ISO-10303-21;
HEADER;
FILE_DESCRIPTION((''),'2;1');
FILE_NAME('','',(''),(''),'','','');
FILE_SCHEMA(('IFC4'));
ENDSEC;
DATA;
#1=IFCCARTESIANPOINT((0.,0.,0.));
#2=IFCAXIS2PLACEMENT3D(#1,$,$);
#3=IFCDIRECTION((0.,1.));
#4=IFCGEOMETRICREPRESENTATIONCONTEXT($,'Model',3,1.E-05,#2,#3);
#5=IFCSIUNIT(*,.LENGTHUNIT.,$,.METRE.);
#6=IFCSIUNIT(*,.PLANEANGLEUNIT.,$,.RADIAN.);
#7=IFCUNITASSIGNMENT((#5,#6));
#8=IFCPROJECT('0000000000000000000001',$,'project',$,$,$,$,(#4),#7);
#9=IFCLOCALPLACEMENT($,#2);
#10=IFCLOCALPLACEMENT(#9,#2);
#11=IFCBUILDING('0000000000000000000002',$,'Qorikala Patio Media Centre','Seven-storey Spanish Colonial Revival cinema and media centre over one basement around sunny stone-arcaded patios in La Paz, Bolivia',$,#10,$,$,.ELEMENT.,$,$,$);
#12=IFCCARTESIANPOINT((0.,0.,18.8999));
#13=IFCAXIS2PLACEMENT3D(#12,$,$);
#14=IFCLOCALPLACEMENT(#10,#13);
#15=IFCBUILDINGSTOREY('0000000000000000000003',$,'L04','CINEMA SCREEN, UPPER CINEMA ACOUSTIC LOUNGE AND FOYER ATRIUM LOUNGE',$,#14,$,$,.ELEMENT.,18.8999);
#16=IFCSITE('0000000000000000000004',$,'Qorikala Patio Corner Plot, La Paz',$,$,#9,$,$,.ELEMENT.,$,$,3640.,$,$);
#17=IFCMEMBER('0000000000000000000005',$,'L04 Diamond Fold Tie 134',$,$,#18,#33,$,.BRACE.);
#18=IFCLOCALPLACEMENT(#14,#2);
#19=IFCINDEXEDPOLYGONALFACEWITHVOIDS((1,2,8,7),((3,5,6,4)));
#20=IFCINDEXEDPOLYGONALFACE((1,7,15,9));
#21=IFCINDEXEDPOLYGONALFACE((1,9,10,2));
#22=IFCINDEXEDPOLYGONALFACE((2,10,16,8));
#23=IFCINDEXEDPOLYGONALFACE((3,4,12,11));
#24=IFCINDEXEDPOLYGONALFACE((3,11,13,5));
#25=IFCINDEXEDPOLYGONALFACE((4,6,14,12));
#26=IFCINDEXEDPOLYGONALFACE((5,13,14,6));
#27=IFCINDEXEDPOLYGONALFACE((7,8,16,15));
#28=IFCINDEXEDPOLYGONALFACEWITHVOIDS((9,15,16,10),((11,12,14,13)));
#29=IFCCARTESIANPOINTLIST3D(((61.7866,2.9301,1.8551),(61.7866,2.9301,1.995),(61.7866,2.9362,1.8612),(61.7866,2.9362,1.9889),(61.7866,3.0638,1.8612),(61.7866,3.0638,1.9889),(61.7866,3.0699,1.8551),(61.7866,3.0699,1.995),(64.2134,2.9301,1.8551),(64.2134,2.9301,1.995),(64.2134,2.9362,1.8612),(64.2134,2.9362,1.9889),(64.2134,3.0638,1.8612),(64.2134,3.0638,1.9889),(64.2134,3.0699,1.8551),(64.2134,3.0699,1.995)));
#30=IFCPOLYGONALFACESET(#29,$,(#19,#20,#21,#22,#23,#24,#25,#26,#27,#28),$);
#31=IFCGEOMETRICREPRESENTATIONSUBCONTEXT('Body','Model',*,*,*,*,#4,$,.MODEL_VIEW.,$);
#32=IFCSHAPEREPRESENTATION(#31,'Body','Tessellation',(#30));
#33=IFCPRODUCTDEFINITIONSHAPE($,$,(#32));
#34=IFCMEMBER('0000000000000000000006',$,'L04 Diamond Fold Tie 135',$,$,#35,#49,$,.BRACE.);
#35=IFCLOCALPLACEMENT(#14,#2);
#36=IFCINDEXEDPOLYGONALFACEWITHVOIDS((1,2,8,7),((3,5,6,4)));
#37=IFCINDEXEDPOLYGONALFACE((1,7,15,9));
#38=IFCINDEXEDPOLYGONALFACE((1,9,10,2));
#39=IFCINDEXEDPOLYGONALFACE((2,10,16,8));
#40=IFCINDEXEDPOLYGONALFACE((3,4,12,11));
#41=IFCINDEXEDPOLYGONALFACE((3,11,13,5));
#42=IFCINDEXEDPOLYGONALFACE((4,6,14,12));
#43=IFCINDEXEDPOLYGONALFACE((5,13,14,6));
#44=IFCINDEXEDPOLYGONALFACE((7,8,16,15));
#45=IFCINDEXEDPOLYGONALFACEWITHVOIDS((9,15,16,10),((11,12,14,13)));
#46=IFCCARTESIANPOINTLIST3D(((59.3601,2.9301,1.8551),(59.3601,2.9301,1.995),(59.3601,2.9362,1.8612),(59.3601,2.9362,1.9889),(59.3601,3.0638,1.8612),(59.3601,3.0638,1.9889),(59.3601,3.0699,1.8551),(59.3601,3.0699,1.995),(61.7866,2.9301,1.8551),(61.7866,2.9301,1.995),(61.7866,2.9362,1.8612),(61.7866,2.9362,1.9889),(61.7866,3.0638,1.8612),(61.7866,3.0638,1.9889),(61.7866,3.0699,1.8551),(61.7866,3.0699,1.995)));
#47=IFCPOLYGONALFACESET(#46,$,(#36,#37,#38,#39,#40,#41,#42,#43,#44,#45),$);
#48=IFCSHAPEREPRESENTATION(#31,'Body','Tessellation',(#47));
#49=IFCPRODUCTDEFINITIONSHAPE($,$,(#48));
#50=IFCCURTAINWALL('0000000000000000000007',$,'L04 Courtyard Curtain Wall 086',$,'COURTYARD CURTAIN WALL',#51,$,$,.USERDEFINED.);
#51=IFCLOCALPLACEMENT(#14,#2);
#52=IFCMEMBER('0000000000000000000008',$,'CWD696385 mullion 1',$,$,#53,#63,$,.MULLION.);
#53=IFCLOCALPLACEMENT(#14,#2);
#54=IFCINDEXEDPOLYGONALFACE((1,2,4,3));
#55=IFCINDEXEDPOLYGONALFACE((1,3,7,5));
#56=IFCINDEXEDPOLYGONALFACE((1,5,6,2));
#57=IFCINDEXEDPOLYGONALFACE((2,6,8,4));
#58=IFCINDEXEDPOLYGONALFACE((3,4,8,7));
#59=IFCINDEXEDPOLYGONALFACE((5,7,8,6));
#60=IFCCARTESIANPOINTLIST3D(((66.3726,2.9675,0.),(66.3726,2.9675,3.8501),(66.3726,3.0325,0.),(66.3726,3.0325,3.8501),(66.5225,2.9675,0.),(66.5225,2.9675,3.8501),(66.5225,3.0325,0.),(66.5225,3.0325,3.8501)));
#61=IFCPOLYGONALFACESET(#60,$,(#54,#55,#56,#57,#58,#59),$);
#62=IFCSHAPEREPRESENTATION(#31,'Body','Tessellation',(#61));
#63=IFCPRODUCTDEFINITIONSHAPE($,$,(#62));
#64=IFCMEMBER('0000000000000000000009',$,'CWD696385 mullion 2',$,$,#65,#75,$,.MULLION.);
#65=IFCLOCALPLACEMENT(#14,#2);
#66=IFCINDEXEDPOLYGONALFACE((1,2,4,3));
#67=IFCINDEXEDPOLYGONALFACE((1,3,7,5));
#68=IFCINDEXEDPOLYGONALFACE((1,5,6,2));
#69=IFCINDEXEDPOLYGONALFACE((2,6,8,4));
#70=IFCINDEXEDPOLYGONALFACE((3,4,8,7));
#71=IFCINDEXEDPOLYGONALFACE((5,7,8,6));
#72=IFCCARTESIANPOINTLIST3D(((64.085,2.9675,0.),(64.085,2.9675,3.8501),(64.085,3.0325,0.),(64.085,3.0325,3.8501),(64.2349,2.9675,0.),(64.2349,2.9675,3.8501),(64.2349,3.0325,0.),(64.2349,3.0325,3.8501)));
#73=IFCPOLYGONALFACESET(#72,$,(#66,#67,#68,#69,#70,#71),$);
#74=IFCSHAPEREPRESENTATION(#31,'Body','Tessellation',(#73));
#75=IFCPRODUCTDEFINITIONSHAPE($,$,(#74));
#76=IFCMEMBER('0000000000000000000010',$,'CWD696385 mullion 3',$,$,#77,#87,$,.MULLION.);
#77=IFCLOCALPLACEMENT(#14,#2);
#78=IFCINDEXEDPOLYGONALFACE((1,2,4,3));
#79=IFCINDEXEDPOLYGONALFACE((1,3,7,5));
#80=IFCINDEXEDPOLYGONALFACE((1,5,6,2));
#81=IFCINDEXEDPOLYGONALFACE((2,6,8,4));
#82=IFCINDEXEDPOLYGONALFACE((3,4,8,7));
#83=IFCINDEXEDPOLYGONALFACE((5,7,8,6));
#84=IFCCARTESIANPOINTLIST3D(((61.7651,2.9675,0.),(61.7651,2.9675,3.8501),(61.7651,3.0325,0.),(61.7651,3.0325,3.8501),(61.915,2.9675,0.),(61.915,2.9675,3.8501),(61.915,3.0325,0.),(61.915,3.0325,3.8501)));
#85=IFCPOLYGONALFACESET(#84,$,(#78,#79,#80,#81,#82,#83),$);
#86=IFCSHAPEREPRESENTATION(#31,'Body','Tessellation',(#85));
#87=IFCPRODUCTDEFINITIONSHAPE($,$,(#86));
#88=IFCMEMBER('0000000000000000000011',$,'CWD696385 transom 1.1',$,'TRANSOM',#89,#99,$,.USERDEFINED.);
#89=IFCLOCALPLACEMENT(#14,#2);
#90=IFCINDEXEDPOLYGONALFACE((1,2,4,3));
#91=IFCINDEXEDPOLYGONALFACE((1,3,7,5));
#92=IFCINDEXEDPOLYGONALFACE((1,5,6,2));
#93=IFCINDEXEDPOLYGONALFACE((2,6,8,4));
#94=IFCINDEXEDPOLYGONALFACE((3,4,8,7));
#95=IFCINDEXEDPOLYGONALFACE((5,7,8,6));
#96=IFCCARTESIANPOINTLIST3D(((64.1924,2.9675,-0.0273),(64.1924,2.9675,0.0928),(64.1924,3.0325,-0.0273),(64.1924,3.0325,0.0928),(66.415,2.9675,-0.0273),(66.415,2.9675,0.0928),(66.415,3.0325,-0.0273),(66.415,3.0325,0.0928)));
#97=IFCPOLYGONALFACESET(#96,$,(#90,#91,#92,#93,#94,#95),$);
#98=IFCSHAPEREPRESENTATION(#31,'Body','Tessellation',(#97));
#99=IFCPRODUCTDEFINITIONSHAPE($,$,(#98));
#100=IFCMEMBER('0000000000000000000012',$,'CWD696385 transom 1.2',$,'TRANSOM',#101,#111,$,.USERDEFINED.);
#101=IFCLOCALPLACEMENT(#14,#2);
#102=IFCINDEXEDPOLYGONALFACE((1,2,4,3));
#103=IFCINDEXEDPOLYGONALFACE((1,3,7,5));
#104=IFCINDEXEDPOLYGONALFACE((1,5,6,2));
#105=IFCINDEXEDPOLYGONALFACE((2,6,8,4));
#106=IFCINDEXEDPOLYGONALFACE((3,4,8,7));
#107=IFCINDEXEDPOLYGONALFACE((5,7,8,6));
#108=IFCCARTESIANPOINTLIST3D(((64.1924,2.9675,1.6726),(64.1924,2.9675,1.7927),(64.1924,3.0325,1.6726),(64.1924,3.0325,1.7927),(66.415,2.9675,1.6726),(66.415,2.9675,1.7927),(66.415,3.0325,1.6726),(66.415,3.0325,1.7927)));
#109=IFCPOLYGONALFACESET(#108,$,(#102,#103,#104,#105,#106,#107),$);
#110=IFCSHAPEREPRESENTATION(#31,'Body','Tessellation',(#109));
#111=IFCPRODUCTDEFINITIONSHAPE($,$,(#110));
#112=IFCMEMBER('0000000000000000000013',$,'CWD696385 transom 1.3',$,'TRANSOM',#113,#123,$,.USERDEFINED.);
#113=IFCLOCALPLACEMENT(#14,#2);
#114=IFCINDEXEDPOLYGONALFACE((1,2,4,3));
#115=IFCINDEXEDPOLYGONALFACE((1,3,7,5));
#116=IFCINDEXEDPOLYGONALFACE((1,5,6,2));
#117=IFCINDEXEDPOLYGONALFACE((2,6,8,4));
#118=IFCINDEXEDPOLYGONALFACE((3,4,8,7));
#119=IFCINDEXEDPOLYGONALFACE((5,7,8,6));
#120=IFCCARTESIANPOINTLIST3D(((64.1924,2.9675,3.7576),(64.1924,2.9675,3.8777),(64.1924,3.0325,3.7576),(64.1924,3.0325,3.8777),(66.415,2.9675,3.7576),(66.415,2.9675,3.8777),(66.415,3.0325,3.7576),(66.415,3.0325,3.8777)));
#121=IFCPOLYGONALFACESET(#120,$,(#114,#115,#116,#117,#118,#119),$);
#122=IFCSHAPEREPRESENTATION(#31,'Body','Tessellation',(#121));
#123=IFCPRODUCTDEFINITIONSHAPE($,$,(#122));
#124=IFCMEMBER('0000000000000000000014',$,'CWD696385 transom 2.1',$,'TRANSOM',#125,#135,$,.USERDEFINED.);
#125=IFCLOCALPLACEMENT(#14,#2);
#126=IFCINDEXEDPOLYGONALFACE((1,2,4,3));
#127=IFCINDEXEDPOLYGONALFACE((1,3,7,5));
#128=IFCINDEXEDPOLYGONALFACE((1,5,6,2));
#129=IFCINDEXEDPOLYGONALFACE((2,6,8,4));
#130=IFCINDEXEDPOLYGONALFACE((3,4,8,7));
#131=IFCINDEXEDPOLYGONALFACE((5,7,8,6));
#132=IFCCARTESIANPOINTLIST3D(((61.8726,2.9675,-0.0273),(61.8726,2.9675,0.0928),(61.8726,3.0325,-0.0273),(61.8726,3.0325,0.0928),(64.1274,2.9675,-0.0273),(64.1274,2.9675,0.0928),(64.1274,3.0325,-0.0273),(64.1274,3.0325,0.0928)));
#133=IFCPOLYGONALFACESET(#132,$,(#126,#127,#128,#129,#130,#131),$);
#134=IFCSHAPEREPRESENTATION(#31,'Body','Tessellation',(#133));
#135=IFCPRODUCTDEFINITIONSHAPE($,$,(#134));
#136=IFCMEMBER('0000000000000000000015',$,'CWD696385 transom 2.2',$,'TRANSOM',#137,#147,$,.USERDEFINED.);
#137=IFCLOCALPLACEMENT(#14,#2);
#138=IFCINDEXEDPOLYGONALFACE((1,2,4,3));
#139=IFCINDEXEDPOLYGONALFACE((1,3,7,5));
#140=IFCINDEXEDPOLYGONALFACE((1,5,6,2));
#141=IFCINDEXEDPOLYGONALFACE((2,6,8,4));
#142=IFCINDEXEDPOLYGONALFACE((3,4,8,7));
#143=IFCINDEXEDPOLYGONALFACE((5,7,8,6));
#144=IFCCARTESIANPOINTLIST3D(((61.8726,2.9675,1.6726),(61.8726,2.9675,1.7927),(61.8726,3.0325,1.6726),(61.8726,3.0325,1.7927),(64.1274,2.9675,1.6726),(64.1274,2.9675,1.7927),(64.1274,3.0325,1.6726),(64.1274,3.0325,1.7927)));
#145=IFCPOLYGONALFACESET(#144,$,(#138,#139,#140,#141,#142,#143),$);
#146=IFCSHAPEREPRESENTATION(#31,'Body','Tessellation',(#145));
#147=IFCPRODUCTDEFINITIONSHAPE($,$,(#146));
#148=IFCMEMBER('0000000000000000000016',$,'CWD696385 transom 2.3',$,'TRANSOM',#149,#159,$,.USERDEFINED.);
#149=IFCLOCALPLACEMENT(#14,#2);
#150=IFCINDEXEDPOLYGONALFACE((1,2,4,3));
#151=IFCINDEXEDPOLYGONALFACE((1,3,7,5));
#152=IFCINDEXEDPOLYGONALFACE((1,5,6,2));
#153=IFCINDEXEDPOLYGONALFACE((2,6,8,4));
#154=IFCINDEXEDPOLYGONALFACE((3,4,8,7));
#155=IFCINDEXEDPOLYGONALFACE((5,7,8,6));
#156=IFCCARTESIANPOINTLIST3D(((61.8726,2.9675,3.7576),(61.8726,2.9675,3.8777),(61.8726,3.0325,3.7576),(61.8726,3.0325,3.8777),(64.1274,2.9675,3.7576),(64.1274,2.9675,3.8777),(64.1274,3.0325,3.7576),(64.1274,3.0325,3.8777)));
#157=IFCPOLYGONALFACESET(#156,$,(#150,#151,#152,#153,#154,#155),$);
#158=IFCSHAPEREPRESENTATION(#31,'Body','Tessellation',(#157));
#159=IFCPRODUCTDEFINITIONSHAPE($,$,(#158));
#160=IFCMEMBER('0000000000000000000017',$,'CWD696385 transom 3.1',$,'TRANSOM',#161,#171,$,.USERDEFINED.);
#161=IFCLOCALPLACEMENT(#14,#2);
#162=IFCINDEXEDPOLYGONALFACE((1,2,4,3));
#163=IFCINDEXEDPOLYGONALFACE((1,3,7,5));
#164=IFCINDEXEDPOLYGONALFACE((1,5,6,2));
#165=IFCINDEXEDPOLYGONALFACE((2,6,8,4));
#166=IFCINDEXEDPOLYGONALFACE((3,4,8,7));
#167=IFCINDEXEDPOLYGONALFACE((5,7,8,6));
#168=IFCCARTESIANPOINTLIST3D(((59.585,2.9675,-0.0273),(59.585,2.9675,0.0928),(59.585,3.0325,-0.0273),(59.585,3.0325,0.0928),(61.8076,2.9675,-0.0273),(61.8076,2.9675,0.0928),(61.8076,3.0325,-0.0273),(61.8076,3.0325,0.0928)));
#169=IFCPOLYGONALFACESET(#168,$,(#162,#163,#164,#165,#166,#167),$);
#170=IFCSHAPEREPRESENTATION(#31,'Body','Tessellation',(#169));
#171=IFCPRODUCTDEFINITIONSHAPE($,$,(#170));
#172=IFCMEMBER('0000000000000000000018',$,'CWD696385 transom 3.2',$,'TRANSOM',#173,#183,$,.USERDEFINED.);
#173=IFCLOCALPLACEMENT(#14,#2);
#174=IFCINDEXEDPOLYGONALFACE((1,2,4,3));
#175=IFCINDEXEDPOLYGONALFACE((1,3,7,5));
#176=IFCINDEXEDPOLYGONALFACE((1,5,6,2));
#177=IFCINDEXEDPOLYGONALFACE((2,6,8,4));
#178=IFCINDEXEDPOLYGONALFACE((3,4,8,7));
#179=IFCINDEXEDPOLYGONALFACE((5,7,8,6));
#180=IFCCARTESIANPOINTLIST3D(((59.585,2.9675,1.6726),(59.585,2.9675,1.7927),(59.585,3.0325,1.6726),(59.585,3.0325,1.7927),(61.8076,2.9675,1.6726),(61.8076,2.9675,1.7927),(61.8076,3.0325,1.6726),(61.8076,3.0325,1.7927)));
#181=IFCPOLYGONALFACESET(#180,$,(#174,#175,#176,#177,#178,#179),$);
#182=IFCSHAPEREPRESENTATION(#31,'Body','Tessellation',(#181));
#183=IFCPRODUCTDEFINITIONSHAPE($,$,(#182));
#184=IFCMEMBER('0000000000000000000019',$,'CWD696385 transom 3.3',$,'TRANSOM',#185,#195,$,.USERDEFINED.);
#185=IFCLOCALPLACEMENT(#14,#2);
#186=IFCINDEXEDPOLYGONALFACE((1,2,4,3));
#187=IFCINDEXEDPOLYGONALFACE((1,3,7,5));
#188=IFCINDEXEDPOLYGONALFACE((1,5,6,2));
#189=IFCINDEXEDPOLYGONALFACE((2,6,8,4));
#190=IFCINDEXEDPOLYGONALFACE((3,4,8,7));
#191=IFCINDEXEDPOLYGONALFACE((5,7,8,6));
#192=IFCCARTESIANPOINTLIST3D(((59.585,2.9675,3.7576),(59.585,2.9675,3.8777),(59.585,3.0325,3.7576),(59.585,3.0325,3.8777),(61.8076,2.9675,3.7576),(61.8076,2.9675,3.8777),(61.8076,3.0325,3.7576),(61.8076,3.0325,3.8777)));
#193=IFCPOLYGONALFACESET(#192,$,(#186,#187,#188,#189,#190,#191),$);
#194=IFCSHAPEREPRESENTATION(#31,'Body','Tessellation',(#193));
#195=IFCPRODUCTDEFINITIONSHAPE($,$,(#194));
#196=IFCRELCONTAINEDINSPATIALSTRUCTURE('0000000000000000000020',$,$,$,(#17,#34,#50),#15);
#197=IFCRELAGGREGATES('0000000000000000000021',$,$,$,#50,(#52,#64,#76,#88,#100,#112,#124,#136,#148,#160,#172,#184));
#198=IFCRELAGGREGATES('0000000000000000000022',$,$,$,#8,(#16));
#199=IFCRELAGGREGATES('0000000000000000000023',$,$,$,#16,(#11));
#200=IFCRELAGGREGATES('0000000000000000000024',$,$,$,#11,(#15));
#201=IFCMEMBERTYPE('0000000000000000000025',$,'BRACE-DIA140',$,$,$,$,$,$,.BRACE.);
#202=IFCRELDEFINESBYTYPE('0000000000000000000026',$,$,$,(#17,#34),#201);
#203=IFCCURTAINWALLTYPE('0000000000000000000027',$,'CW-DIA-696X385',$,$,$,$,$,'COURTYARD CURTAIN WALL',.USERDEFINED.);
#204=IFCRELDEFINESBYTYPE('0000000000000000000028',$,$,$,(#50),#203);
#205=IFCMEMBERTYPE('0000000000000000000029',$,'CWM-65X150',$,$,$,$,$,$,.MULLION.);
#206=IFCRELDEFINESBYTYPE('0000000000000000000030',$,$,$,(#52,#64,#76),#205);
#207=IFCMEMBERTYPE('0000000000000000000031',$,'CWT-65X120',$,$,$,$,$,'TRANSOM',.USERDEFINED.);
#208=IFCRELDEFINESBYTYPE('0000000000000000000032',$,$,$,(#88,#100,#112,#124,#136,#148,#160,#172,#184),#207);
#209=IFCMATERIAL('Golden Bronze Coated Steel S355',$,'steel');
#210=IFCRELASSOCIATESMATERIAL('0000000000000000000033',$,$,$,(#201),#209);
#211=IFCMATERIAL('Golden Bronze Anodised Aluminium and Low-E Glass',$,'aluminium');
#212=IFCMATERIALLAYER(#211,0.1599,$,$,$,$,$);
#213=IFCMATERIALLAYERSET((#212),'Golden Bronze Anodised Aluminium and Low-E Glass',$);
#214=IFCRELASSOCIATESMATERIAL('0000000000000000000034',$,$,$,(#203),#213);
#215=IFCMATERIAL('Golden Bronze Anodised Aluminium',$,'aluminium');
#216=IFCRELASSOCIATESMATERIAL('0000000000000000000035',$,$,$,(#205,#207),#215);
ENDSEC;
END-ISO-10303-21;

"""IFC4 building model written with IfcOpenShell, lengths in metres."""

from ifc_helpers import new_model, si_unit, direction, frame, origin, origin_2d, place, context, subcontext, project, spatial, rectangle, hollow_rectangle, extrude, material, layer, layer_set, material_profile, profile_set, type_object, element, aggregate, save


model = new_model("IFC4")

# Units and contexts
model_context = context("Model", 3, precision=1e-05, world=origin(), true_north=direction((0.0, 1.0)))
body_context = subcontext(model_context, "Body", "Model", "MODEL_VIEW")
ifc_project = project(units=[si_unit("LENGTHUNIT", "METRE"), si_unit("PLANEANGLEUNIT", "RADIAN")], contexts=[model_context])

# Site, building, storey
site_placement = place(None, origin())
site = spatial("IfcSite", under=ifc_project, at=site_placement, Name="Qorikala Patio Corner Plot, La Paz", CompositionType="ELEMENT", RefElevation=3640.0)
building_placement = place(site_placement, origin())
building = spatial("IfcBuilding", under=site, at=building_placement, Name="Qorikala Patio Media Centre", Description="Seven-storey Spanish Colonial Revival cinema and media centre over one basement around sunny stone-arcaded patios in La Paz, Bolivia", CompositionType="ELEMENT")
storey_placement = place(building_placement, frame((0.0, 0.0, 18.8999)))
storey = spatial("IfcBuildingStorey", under=building, at=storey_placement, Name="L04", Description="CINEMA SCREEN, UPPER CINEMA ACOUSTIC LOUNGE AND FOYER ATRIUM LOUNGE", CompositionType="ELEMENT", Elevation=18.8999)

# Members
ifc_material_1 = material(Name="Golden Bronze Coated Steel S355", Category="steel")
ifc_material_profile_1 = material_profile(ifc_material_1, hollow_rectangle(XDim=0.1399, YDim=0.1399, WallThickness=0.0061, at=origin_2d()), Name="HSS140X140X6")
ifc_profile_set_1 = profile_set([ifc_material_profile_1], Name="Golden Bronze Coated Steel S355")
member_type_1 = type_object("IfcMemberType", Name="BRACE-DIA140", PredefinedType="BRACE", material=ifc_profile_set_1)
member_1_placement = place(storey_placement, frame((64.2134, 3.0, 1.925), z_axis=(-1.0, 0.0, 0.0), x_axis=(0.0, -1.0, 0.0)))
element("IfcMember", 1, at=member_1_placement, inside=storey, type_object=member_type_1, Name="L04 Diamond Fold Tie 134", PredefinedType="BRACE", context=body_context, shape_type="SweptSolid", body=[
    extrude(hollow_rectangle(XDim=0.1399, YDim=0.1399, WallThickness=0.0061, at=origin_2d()), origin(), (0.0, 0.0, 1.0), 2.4268),
])
member_2_placement = place(storey_placement, frame((61.7866, 3.0, 1.925), z_axis=(-1.0, 0.0, 0.0), x_axis=(0.0, -1.0, 0.0)))
element("IfcMember", 2, at=member_2_placement, inside=storey, type_object=member_type_1, Name="L04 Diamond Fold Tie 135", PredefinedType="BRACE", context=body_context, shape_type="SweptSolid", body=[
    extrude(hollow_rectangle(XDim=0.1399, YDim=0.1399, WallThickness=0.0061, at=origin_2d()), origin(), (0.0, 0.0, 1.0), 2.4265),
])

# Curtain wall, members
ifc_material_2 = material(Name="Golden Bronze Anodised Aluminium and Low-E Glass", Category="aluminium")
ifc_layer_1 = layer(ifc_material_2, 0.1599)
ifc_layer_set_1 = layer_set([ifc_layer_1], Name="Golden Bronze Anodised Aluminium and Low-E Glass")
curtain_wall_type = type_object("IfcCurtainWallType", Name="CW-DIA-696X385", ElementType="COURTYARD CURTAIN WALL", PredefinedType="USERDEFINED", material=ifc_layer_set_1)
curtain_wall_placement = place(storey_placement, origin())
curtain_wall = element("IfcCurtainWall", 3, at=curtain_wall_placement, inside=storey, type_object=curtain_wall_type, Name="L04 Courtyard Curtain Wall 086", ObjectType="COURTYARD CURTAIN WALL", PredefinedType="USERDEFINED")
ifc_material_3 = material(Name="Golden Bronze Anodised Aluminium", Category="aluminium")
ifc_material_profile_2 = material_profile(ifc_material_3, rectangle(XDim=0.0649, YDim=0.1499, at=origin_2d()), Name="ALU MULLION 65x150")
ifc_profile_set_2 = profile_set([ifc_material_profile_2], Name="Golden Bronze Anodised Aluminium")
member_type_2 = type_object("IfcMemberType", Name="CWM-65X150", PredefinedType="MULLION", material=ifc_profile_set_2)
member_3_placement = place(storey_placement, frame((66.4475, 3.0, 0.0), z_axis=(0.0, 0.0, 1.0), x_axis=(0.0, -1.0, 0.0)))
member_3 = element("IfcMember", 4, at=member_3_placement, type_object=member_type_2, Name="CWD696385 mullion 1", PredefinedType="MULLION", context=body_context, shape_type="SweptSolid", body=[
    extrude(rectangle(XDim=0.0649, YDim=0.1499, at=origin_2d()), origin(), (0.0, 0.0, 1.0), 3.8501),
])
member_4_placement = place(storey_placement, frame((64.1599, 3.0, 0.0), z_axis=(0.0, 0.0, 1.0), x_axis=(0.0, -1.0, 0.0)))
member_4 = element("IfcMember", 5, at=member_4_placement, type_object=member_type_2, Name="CWD696385 mullion 2", PredefinedType="MULLION", context=body_context, shape_type="SweptSolid", body=[
    extrude(rectangle(XDim=0.0649, YDim=0.1499, at=origin_2d()), origin(), (0.0, 0.0, 1.0), 3.8501),
])
member_5_placement = place(storey_placement, frame((61.8401, 3.0, 0.0), z_axis=(0.0, 0.0, 1.0), x_axis=(0.0, -1.0, 0.0)))
member_5 = element("IfcMember", 6, at=member_5_placement, type_object=member_type_2, Name="CWD696385 mullion 3", PredefinedType="MULLION", context=body_context, shape_type="SweptSolid", body=[
    extrude(rectangle(XDim=0.0649, YDim=0.1499, at=origin_2d()), origin(), (0.0, 0.0, 1.0), 3.8501),
])
ifc_material_profile_3 = material_profile(ifc_material_3, rectangle(XDim=0.0649, YDim=0.1201, at=origin_2d()), Name="ALU TRANSOM 65x120")
ifc_profile_set_3 = profile_set([ifc_material_profile_3], Name="Golden Bronze Anodised Aluminium")
member_type_3 = type_object("IfcMemberType", Name="CWT-65X120", ElementType="TRANSOM", PredefinedType="USERDEFINED", material=ifc_profile_set_3)
member_6_placement = place(storey_placement, frame((66.415, 3.0, 0.0327), z_axis=(-1.0, 0.0, 0.0), x_axis=(0.0, -1.0, 0.0)))
member_6 = element("IfcMember", 7, at=member_6_placement, type_object=member_type_3, Name="CWD696385 transom 1.1", ObjectType="TRANSOM", PredefinedType="USERDEFINED", context=body_context, shape_type="SweptSolid", body=[
    extrude(rectangle(XDim=0.0649, YDim=0.1201, at=origin_2d()), origin(), (0.0, 0.0, 1.0), 2.2227),
])
member_7_placement = place(storey_placement, frame((66.415, 3.0, 1.7327), z_axis=(-1.0, 0.0, 0.0), x_axis=(0.0, -1.0, 0.0)))
member_7 = element("IfcMember", 8, at=member_7_placement, type_object=member_type_3, Name="CWD696385 transom 1.2", ObjectType="TRANSOM", PredefinedType="USERDEFINED", context=body_context, shape_type="SweptSolid", body=[
    extrude(rectangle(XDim=0.0649, YDim=0.1201, at=origin_2d()), origin(), (0.0, 0.0, 1.0), 2.2227),
])
member_8_placement = place(storey_placement, frame((66.415, 3.0, 3.8176), z_axis=(-1.0, 0.0, 0.0), x_axis=(0.0, -1.0, 0.0)))
member_8 = element("IfcMember", 9, at=member_8_placement, type_object=member_type_3, Name="CWD696385 transom 1.3", ObjectType="TRANSOM", PredefinedType="USERDEFINED", context=body_context, shape_type="SweptSolid", body=[
    extrude(rectangle(XDim=0.0649, YDim=0.1201, at=origin_2d()), origin(), (0.0, 0.0, 1.0), 2.2227),
])
member_9_placement = place(storey_placement, frame((64.1274, 3.0, 0.0327), z_axis=(-1.0, 0.0, 0.0), x_axis=(0.0, -1.0, 0.0)))
member_9 = element("IfcMember", 10, at=member_9_placement, type_object=member_type_3, Name="CWD696385 transom 2.1", ObjectType="TRANSOM", PredefinedType="USERDEFINED", context=body_context, shape_type="SweptSolid", body=[
    extrude(rectangle(XDim=0.0649, YDim=0.1201, at=origin_2d()), origin(), (0.0, 0.0, 1.0), 2.2549),
])
member_10_placement = place(storey_placement, frame((64.1274, 3.0, 1.7327), z_axis=(-1.0, 0.0, 0.0), x_axis=(0.0, -1.0, 0.0)))
member_10 = element("IfcMember", 11, at=member_10_placement, type_object=member_type_3, Name="CWD696385 transom 2.2", ObjectType="TRANSOM", PredefinedType="USERDEFINED", context=body_context, shape_type="SweptSolid", body=[
    extrude(rectangle(XDim=0.0649, YDim=0.1201, at=origin_2d()), origin(), (0.0, 0.0, 1.0), 2.2549),
])
member_11_placement = place(storey_placement, frame((64.1274, 3.0, 3.8176), z_axis=(-1.0, 0.0, 0.0), x_axis=(0.0, -1.0, 0.0)))
member_11 = element("IfcMember", 12, at=member_11_placement, type_object=member_type_3, Name="CWD696385 transom 2.3", ObjectType="TRANSOM", PredefinedType="USERDEFINED", context=body_context, shape_type="SweptSolid", body=[
    extrude(rectangle(XDim=0.0649, YDim=0.1201, at=origin_2d()), origin(), (0.0, 0.0, 1.0), 2.2549),
])
member_12_placement = place(storey_placement, frame((61.8076, 3.0, 0.0327), z_axis=(-1.0, 0.0, 0.0), x_axis=(0.0, -1.0, 0.0)))
member_12 = element("IfcMember", 13, at=member_12_placement, type_object=member_type_3, Name="CWD696385 transom 3.1", ObjectType="TRANSOM", PredefinedType="USERDEFINED", context=body_context, shape_type="SweptSolid", body=[
    extrude(rectangle(XDim=0.0649, YDim=0.1201, at=origin_2d()), origin(), (0.0, 0.0, 1.0), 2.2227),
])
member_13_placement = place(storey_placement, frame((61.8076, 3.0, 1.7327), z_axis=(-1.0, 0.0, 0.0), x_axis=(0.0, -1.0, 0.0)))
member_13 = element("IfcMember", 14, at=member_13_placement, type_object=member_type_3, Name="CWD696385 transom 3.2", ObjectType="TRANSOM", PredefinedType="USERDEFINED", context=body_context, shape_type="SweptSolid", body=[
    extrude(rectangle(XDim=0.0649, YDim=0.1201, at=origin_2d()), origin(), (0.0, 0.0, 1.0), 2.2227),
])
member_14_placement = place(storey_placement, frame((61.8076, 3.0, 3.8176), z_axis=(-1.0, 0.0, 0.0), x_axis=(0.0, -1.0, 0.0)))
member_14 = element("IfcMember", 15, at=member_14_placement, type_object=member_type_3, Name="CWD696385 transom 3.3", ObjectType="TRANSOM", PredefinedType="USERDEFINED", context=body_context, shape_type="SweptSolid", body=[
    extrude(rectangle(XDim=0.0649, YDim=0.1201, at=origin_2d()), origin(), (0.0, 0.0, 1.0), 2.2227),
])

aggregate(curtain_wall, [member_3, member_4, member_5, member_6, member_7, member_8, member_9, member_10, member_11, member_12, member_13, member_14])

save(model, "model.ifc")
